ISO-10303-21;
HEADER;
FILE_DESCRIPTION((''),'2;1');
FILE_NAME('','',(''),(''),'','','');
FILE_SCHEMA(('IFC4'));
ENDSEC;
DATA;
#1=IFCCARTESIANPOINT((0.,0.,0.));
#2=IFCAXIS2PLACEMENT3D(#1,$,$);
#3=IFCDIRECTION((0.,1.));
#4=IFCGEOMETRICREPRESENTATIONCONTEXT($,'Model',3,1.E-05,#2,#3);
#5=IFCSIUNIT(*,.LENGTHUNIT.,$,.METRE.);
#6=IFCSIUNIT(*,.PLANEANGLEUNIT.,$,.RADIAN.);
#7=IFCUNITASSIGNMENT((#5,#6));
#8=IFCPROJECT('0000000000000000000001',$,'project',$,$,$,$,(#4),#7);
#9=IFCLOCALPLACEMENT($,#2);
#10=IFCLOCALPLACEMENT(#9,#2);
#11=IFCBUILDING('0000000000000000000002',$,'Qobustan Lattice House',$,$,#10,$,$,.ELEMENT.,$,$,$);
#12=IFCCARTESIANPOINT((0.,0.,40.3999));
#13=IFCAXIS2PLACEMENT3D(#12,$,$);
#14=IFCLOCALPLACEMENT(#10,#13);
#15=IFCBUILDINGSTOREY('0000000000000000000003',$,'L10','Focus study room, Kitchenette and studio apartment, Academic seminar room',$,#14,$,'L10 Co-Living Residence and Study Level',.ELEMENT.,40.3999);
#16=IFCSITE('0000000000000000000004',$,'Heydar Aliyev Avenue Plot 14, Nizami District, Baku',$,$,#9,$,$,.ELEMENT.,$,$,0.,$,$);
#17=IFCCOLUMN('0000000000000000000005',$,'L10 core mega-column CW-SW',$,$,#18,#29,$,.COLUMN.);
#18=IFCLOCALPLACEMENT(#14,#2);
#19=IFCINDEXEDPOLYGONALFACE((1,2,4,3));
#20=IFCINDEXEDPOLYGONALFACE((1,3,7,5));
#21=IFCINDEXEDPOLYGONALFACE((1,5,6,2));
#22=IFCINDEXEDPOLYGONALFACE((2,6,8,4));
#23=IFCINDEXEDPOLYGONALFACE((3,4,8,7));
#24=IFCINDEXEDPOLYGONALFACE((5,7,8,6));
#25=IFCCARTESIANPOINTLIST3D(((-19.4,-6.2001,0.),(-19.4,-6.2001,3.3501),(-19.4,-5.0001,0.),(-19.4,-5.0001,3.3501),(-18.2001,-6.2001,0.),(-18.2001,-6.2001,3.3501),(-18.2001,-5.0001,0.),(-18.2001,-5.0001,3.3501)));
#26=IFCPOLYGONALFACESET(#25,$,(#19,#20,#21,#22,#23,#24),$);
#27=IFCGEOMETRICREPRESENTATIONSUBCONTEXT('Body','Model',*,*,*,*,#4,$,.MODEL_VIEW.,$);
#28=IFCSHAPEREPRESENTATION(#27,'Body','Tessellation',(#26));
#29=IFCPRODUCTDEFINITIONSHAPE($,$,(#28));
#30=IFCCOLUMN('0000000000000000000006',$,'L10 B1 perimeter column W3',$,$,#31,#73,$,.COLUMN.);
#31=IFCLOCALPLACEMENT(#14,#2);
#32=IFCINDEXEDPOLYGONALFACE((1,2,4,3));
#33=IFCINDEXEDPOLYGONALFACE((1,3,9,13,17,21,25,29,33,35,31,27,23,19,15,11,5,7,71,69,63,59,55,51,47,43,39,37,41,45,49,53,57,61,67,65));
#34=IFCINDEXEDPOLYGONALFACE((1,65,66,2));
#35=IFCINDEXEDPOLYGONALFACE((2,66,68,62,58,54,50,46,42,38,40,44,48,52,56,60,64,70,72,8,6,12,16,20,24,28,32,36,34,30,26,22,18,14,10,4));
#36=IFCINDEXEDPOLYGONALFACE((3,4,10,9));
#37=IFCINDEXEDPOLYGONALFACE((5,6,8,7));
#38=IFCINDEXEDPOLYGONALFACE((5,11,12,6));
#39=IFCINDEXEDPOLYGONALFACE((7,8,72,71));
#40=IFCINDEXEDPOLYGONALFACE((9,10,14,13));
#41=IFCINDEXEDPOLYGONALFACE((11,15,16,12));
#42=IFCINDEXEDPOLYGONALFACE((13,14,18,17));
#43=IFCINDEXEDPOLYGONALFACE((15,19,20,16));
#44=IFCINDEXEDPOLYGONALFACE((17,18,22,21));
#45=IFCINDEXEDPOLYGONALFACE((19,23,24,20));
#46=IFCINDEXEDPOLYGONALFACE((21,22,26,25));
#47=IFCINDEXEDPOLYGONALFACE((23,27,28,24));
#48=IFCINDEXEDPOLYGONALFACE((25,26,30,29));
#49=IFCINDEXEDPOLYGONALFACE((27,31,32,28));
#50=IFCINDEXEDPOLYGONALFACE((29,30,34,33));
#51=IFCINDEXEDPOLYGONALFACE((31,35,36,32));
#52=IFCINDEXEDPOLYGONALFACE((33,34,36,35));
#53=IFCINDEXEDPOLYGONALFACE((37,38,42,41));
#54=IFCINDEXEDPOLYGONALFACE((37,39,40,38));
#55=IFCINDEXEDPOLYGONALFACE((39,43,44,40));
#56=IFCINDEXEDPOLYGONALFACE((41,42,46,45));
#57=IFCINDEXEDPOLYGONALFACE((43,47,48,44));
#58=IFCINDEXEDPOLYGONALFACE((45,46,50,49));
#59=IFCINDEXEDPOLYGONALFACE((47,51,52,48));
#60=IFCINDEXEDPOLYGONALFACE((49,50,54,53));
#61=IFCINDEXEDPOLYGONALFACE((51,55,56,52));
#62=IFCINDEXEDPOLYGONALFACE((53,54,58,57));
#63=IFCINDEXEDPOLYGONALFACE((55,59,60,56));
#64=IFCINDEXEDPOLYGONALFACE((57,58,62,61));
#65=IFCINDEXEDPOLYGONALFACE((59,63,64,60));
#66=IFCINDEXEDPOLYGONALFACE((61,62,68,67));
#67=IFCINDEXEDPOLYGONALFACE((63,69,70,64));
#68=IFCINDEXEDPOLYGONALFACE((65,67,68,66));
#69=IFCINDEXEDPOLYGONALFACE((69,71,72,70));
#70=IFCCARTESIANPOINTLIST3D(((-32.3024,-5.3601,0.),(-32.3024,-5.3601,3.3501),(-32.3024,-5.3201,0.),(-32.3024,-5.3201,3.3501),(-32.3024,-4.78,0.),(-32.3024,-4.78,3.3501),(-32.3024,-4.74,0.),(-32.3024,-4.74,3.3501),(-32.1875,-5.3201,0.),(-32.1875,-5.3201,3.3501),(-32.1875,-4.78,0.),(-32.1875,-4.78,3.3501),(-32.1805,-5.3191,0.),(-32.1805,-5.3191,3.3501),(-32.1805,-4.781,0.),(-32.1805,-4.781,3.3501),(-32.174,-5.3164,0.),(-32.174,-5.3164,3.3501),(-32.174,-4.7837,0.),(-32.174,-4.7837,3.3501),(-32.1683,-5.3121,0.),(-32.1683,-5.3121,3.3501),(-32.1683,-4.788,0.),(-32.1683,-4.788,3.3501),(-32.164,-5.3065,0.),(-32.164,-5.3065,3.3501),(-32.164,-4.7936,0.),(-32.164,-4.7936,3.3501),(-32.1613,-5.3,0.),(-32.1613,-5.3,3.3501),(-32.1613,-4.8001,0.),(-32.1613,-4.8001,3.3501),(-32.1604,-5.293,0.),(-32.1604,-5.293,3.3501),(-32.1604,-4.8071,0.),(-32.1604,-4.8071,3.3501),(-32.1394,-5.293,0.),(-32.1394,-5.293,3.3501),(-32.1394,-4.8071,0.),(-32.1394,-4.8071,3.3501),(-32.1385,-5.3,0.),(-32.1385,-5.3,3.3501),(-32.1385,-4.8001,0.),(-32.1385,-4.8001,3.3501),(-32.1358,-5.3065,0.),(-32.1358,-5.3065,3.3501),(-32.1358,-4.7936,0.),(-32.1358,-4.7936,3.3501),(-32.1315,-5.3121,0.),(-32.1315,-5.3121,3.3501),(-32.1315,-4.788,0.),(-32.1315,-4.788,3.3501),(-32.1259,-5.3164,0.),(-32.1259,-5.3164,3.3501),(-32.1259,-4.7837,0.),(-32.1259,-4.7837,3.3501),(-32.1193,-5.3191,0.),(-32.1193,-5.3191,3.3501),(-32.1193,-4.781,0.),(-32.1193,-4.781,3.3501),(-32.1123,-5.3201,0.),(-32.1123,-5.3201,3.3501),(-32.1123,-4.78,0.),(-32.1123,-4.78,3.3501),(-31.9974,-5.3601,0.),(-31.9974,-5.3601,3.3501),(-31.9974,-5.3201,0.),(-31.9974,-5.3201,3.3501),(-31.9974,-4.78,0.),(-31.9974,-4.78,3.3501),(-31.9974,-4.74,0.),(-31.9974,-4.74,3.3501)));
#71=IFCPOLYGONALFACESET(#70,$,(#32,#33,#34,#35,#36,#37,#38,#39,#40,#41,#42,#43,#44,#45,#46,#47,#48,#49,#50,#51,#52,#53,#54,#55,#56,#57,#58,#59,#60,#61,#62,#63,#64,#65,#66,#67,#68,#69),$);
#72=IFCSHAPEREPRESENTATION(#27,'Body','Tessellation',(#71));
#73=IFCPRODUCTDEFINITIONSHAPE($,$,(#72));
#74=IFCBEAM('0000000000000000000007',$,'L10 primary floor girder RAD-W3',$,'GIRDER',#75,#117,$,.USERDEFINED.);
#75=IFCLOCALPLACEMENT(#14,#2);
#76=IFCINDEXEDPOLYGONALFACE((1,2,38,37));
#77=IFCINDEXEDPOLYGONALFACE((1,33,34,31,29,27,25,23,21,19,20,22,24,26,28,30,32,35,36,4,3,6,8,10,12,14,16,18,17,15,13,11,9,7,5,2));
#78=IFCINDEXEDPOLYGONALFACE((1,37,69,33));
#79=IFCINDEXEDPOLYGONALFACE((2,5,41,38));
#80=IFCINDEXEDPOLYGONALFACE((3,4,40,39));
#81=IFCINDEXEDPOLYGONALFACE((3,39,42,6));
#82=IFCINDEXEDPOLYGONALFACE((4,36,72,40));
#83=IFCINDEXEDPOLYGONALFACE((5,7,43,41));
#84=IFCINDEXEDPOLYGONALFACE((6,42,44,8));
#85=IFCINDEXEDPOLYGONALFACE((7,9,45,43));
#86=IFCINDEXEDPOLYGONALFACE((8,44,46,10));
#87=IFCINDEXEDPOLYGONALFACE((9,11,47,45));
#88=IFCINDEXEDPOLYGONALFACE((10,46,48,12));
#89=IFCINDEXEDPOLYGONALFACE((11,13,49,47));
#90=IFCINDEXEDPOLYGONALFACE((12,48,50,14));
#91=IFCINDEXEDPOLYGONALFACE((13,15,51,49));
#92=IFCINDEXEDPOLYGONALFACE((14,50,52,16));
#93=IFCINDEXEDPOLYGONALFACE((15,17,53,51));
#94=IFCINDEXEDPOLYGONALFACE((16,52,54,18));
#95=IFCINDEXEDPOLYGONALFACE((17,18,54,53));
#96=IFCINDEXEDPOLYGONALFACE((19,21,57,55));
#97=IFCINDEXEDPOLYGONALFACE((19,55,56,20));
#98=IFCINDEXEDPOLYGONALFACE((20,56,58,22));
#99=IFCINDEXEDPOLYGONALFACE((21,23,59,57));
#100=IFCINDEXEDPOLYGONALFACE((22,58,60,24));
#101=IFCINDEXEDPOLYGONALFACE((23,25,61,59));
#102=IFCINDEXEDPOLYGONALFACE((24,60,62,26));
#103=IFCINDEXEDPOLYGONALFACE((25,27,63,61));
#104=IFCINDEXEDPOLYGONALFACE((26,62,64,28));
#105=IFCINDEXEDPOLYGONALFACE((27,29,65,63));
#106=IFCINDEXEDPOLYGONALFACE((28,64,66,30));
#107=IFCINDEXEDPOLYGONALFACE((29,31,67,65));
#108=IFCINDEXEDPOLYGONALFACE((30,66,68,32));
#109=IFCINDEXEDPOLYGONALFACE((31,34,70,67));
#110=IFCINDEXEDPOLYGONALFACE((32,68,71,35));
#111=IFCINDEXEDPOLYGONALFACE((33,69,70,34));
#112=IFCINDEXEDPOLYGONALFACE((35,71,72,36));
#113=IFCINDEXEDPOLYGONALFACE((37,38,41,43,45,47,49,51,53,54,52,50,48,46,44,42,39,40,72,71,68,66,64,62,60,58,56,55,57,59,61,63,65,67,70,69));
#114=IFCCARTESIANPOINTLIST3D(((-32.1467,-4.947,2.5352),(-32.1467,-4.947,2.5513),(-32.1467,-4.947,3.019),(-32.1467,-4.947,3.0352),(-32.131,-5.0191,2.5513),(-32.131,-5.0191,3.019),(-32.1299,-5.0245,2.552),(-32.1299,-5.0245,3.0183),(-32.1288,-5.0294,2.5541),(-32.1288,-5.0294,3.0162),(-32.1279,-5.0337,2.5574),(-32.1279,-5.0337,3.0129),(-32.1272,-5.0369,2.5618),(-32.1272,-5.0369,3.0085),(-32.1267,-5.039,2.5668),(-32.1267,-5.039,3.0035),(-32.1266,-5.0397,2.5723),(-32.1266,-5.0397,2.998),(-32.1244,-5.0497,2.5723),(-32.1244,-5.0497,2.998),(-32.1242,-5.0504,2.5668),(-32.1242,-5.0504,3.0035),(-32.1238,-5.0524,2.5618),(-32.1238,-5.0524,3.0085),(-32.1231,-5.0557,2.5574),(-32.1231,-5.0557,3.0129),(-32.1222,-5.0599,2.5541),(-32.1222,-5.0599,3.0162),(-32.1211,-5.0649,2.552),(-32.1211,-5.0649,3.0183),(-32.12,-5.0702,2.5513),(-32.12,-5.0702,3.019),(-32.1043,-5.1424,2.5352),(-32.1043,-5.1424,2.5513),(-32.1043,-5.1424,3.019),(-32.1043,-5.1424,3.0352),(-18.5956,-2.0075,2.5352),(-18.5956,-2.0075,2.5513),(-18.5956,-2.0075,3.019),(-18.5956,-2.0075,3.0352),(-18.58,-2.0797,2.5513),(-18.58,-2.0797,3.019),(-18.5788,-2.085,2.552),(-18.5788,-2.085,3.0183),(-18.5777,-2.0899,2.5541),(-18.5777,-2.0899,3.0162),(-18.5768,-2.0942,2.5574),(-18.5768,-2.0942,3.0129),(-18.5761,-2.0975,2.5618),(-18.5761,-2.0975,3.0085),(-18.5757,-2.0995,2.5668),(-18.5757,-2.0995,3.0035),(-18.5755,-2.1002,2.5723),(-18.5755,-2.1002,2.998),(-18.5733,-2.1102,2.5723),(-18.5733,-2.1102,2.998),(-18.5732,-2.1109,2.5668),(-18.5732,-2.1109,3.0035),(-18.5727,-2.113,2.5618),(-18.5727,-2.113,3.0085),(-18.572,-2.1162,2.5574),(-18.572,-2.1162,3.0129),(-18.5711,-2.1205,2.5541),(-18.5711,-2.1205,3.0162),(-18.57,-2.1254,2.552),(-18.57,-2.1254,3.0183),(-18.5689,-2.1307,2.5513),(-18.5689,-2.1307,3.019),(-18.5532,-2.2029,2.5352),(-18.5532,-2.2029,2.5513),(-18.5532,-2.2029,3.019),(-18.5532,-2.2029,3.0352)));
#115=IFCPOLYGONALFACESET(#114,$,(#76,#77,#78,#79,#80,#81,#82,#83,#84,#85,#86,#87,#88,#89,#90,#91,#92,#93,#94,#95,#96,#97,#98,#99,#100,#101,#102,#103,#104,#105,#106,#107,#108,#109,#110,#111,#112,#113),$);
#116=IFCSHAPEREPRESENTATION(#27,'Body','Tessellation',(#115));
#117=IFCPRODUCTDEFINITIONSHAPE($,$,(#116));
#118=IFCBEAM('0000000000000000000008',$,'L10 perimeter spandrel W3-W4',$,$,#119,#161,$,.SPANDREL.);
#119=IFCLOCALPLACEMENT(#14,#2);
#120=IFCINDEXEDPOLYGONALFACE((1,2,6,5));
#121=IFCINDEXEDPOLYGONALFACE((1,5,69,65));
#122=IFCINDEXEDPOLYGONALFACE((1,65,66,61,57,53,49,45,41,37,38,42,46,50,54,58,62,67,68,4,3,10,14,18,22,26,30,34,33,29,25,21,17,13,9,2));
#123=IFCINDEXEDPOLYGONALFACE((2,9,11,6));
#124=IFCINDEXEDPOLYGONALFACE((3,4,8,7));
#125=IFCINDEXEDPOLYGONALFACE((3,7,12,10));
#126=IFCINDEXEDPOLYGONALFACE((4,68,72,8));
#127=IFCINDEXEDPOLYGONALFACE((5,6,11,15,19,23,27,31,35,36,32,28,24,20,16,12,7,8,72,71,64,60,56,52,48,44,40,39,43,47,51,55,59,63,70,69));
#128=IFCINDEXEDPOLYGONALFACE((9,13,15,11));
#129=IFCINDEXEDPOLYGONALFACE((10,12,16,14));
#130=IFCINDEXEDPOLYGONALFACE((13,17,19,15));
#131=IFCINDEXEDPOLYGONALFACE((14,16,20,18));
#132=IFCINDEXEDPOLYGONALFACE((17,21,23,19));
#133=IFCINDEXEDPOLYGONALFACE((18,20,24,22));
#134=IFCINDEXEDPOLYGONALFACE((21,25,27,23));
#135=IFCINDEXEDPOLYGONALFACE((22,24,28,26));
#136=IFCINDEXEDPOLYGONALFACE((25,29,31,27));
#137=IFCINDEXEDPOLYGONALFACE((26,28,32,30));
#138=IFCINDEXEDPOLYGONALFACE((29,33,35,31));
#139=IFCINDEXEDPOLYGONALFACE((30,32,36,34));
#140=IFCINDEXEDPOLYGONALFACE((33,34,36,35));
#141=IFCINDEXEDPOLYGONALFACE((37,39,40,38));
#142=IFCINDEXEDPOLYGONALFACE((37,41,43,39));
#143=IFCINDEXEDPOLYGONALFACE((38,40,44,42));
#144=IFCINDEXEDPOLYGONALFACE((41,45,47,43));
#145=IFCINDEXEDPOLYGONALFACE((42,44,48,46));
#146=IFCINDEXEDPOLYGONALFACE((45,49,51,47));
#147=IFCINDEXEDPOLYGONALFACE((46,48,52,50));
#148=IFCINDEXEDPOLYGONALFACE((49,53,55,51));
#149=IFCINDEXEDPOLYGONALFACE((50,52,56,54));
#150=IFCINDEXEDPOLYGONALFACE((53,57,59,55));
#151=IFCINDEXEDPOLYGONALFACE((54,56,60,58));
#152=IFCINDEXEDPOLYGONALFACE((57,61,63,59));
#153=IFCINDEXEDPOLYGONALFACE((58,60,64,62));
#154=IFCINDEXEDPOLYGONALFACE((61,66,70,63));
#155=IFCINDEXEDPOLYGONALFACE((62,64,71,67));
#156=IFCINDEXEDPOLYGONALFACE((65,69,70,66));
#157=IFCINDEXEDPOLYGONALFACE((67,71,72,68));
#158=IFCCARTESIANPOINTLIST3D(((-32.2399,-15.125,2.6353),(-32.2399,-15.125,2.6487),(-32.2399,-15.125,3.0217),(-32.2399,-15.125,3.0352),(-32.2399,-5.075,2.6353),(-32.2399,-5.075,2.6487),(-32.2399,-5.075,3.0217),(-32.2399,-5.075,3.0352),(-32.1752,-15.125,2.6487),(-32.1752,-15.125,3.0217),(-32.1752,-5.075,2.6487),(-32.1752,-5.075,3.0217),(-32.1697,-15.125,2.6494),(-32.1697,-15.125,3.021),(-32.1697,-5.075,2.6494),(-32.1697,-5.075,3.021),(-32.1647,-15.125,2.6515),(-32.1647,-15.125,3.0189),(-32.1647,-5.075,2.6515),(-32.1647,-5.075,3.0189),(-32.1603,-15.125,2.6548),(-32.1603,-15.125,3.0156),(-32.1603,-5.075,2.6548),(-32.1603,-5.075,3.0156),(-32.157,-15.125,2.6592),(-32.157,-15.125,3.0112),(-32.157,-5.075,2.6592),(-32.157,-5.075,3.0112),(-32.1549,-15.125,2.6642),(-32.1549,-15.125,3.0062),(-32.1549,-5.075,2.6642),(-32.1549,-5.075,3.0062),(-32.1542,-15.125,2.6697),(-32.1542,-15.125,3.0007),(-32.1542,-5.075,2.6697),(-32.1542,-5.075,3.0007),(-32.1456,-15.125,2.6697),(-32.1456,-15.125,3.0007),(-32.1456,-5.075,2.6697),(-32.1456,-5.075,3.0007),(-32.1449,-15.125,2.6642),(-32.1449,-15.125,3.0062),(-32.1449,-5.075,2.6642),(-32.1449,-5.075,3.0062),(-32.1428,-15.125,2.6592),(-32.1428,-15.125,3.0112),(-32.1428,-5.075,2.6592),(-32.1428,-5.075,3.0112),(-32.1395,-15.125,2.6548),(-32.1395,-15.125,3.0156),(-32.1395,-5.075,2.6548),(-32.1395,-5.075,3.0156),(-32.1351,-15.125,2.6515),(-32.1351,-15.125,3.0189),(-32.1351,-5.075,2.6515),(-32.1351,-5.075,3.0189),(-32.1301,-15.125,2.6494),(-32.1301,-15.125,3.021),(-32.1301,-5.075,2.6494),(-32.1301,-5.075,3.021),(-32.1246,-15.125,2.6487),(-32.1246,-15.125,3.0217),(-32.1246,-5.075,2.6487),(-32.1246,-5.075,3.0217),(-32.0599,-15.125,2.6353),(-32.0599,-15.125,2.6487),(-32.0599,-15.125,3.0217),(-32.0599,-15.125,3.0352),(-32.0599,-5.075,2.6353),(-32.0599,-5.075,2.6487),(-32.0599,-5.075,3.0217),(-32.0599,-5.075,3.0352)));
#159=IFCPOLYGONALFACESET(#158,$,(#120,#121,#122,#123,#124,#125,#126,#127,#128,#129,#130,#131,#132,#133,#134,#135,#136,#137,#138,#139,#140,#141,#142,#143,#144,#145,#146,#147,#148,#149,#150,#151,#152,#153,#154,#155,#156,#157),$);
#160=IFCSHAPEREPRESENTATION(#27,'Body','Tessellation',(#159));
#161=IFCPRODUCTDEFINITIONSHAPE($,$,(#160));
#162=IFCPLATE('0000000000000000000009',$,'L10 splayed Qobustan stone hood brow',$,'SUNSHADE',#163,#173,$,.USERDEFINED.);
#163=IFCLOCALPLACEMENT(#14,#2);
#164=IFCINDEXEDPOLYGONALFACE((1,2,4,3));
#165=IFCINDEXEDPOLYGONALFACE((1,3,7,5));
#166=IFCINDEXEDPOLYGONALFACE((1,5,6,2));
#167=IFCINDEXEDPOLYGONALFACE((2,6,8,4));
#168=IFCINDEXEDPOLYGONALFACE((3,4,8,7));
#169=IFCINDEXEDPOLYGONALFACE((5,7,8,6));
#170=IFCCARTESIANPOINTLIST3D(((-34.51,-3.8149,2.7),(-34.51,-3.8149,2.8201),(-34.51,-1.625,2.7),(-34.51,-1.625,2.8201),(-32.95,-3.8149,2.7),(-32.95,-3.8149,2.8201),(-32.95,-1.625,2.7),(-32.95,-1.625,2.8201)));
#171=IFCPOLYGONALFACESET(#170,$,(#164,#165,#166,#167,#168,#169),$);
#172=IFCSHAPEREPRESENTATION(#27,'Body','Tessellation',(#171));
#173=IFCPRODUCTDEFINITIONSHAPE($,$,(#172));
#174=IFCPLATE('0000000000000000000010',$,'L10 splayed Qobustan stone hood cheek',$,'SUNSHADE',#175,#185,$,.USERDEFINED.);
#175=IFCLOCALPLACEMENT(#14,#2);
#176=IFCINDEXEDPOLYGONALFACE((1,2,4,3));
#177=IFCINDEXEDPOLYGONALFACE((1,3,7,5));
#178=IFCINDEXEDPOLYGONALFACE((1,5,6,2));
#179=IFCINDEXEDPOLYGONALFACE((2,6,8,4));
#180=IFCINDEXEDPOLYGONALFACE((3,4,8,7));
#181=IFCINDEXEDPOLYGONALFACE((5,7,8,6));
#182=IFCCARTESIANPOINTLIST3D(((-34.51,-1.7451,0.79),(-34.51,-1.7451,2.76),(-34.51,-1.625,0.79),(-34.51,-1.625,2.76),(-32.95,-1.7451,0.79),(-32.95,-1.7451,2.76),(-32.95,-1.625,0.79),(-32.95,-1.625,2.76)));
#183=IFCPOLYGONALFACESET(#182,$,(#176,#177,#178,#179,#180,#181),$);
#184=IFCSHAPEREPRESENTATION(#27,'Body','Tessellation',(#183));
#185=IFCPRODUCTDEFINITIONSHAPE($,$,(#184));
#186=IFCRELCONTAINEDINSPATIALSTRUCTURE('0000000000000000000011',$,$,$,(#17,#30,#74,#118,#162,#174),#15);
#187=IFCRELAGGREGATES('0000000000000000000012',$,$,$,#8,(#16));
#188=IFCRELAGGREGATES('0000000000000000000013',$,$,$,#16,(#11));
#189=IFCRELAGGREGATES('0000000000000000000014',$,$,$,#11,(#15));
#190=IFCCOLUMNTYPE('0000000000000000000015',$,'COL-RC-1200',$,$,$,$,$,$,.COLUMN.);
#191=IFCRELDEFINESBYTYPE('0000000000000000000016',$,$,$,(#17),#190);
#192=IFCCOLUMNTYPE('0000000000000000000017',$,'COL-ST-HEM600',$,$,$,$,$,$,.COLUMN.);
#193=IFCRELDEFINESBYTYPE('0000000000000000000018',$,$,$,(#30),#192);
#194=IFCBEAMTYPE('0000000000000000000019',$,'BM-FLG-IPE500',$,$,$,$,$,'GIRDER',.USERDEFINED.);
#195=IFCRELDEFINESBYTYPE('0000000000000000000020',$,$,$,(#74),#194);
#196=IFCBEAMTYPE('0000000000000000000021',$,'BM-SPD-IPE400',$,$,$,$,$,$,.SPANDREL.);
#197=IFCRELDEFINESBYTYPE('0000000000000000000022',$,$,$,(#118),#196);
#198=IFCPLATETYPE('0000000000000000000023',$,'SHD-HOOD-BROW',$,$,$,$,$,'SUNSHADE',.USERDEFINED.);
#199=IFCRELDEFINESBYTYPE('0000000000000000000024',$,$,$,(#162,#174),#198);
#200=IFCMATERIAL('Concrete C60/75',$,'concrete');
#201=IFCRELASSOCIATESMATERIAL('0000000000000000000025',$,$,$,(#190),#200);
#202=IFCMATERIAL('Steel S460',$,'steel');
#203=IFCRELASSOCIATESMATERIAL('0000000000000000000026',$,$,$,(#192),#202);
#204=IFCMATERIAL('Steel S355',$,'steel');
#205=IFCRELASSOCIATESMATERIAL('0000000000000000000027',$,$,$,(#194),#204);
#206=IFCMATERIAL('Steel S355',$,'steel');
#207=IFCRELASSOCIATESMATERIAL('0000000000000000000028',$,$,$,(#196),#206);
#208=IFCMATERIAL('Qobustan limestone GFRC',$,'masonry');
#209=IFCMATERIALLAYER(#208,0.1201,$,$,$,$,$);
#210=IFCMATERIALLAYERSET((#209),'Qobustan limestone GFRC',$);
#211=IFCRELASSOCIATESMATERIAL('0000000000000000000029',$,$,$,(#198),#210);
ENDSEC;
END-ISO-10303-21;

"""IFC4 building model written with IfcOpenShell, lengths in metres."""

from ifc_helpers import new_model, si_unit, direction, frame, origin, origin_2d, place, context, subcontext, project, spatial, rectangle, i_section, extrude, material, layer, layer_set, material_profile, profile_set, type_object, element, save


model = new_model("IFC4")

# Units and contexts
model_context = context("Model", 3, precision=1e-05, world=origin(), true_north=direction((0.0, 1.0)))
body_context = subcontext(model_context, "Body", "Model", "MODEL_VIEW")
ifc_project = project(units=[si_unit("LENGTHUNIT", "METRE"), si_unit("PLANEANGLEUNIT", "RADIAN")], contexts=[model_context])

# Site, building, storey
site_placement = place(None, origin())
site = spatial("IfcSite", under=ifc_project, at=site_placement, Name="Heydar Aliyev Avenue Plot 14, Nizami District, Baku", CompositionType="ELEMENT", RefElevation=0.0)
building_placement = place(site_placement, origin())
building = spatial("IfcBuilding", under=site, at=building_placement, Name="Qobustan Lattice House", CompositionType="ELEMENT")
storey_placement = place(building_placement, frame((0.0, 0.0, 40.3999)))
storey = spatial("IfcBuildingStorey", under=building, at=storey_placement, Name="L10", Description="Focus study room, Kitchenette and studio apartment, Academic seminar room", LongName="L10 Co-Living Residence and Study Level", CompositionType="ELEMENT", Elevation=40.3999)

# Columns
ifc_material_1 = material(Name="Concrete C60/75", Category="concrete")
ifc_material_profile_1 = material_profile(ifc_material_1, rectangle(XDim=1.2, YDim=1.2, at=origin_2d()), Name="RC1200x1200")
ifc_profile_set_1 = profile_set([ifc_material_profile_1], Name="Concrete C60/75")
column_type_1 = type_object("IfcColumnType", Name="COL-RC-1200", PredefinedType="COLUMN", material=ifc_profile_set_1)
column_1_placement = place(storey_placement, frame((-18.8, -5.6001, 0.0), z_axis=(0.0, 0.0, 1.0), x_axis=(1.0, 0.0, 0.0)))
element("IfcColumn", 1, at=column_1_placement, inside=storey, type_object=column_type_1, Name="L10 core mega-column CW-SW", PredefinedType="COLUMN", context=body_context, shape_type="SweptSolid", body=[
    extrude(rectangle(XDim=1.2, YDim=1.2, at=origin_2d()), origin(), (0.0, 0.0, 1.0), 3.3501),
])
ifc_material_2 = material(Name="Steel S460", Category="steel")
ifc_material_profile_2 = material_profile(ifc_material_2, i_section(OverallWidth=0.3049, OverallDepth=0.6201, WebThickness=0.021, FlangeThickness=0.04, FilletRadius=0.0271, at=origin_2d()), Name="HEM600")
ifc_profile_set_2 = profile_set([ifc_material_profile_2], Name="Steel S460")
column_type_2 = type_object("IfcColumnType", Name="COL-ST-HEM600", PredefinedType="COLUMN", material=ifc_profile_set_2)
column_2_placement = place(storey_placement, frame((-32.1499, -5.05, 0.0), z_axis=(0.0, 0.0, 1.0), x_axis=(1.0, 0.0, 0.0)))
element("IfcColumn", 2, at=column_2_placement, inside=storey, type_object=column_type_2, Name="L10 B1 perimeter column W3", PredefinedType="COLUMN", context=body_context, shape_type="SweptSolid", body=[
    extrude(i_section(OverallWidth=0.3049, OverallDepth=0.6201, WebThickness=0.021, FlangeThickness=0.04, FilletRadius=0.0271, at=origin_2d()), origin(), (0.0, 0.0, 1.0), 3.3501),
])

# Beams
ifc_material_3 = material(Name="Steel S355", Category="steel")
ifc_material_profile_3 = material_profile(ifc_material_3, i_section(OverallWidth=0.2, OverallDepth=0.5, WebThickness=0.0103, FlangeThickness=0.0161, FilletRadius=0.021, at=origin_2d()), Name="IPE500")
ifc_profile_set_3 = profile_set([ifc_material_profile_3], Name="Steel S355")
beam_type_1 = type_object("IfcBeamType", Name="BM-FLG-IPE500", ElementType="GIRDER", PredefinedType="USERDEFINED", material=ifc_profile_set_3)
beam_1_placement = place(storey_placement, frame((-32.1255, -5.0447, 2.7852), z_axis=(0.977272, 0.211987, 0.0), x_axis=(-0.211987, 0.977272, 0.0)))
element("IfcBeam", 3, at=beam_1_placement, inside=storey, type_object=beam_type_1, Name="L10 primary floor girder RAD-W3", ObjectType="GIRDER", PredefinedType="USERDEFINED", context=body_context, shape_type="SweptSolid", body=[
    extrude(i_section(OverallWidth=0.2, OverallDepth=0.5, WebThickness=0.0103, FlangeThickness=0.0161, FilletRadius=0.021, at=origin_2d()), origin(), (0.0, 0.0, 1.0), 13.8662),
])
ifc_material_4 = material(Name="Steel S355", Category="steel")
ifc_material_profile_4 = material_profile(ifc_material_4, i_section(OverallWidth=0.1799, OverallDepth=0.3999, WebThickness=0.0085, FlangeThickness=0.0134, FilletRadius=0.021, at=origin_2d()), Name="IPE400")
ifc_profile_set_4 = profile_set([ifc_material_profile_4], Name="Steel S355")
beam_type_2 = type_object("IfcBeamType", Name="BM-SPD-IPE400", PredefinedType="SPANDREL", material=ifc_profile_set_4)
beam_2_placement = place(storey_placement, frame((-32.1499, -5.075, 2.8352), z_axis=(0.0, -1.0, 0.0), x_axis=(1.0, 0.0, 0.0)))
element("IfcBeam", 4, at=beam_2_placement, inside=storey, type_object=beam_type_2, Name="L10 perimeter spandrel W3-W4", PredefinedType="SPANDREL", context=body_context, shape_type="SweptSolid", body=[
    extrude(i_section(OverallWidth=0.1799, OverallDepth=0.3999, WebThickness=0.0085, FlangeThickness=0.0134, FilletRadius=0.021, at=origin_2d()), origin(), (0.0, 0.0, 1.0), 10.05),
])

# Plates
ifc_material_5 = material(Name="Qobustan limestone GFRC", Category="masonry")
ifc_layer_1 = layer(ifc_material_5, 0.1201)
ifc_layer_set_1 = layer_set([ifc_layer_1], Name="Qobustan limestone GFRC")
plate_type = type_object("IfcPlateType", Name="SHD-HOOD-BROW", ElementType="SUNSHADE", PredefinedType="USERDEFINED", material=ifc_layer_set_1)
plate_1_placement = place(storey_placement, frame((-33.73, -2.72, 2.7), z_axis=(0.0, 0.0, 1.0), x_axis=(0.0, 1.0, 0.0)))
element("IfcPlate", 5, at=plate_1_placement, inside=storey, type_object=plate_type, Name="L10 splayed Qobustan stone hood brow", ObjectType="SUNSHADE", PredefinedType="USERDEFINED", context=body_context, shape_type="SweptSolid", body=[
    extrude(rectangle(XDim=2.1899, YDim=1.5601, at=origin_2d()), origin(), (0.0, 0.0, 1.0), 0.1201),
])
plate_2_placement = place(storey_placement, frame((-33.73, -1.6851, 0.79), z_axis=(0.0, 0.0, 1.0), x_axis=(0.0, 1.0, 0.0)))
element("IfcPlate", 6, at=plate_2_placement, inside=storey, type_object=plate_type, Name="L10 splayed Qobustan stone hood cheek", ObjectType="SUNSHADE", PredefinedType="USERDEFINED", context=body_context, shape_type="SweptSolid", body=[
    extrude(rectangle(XDim=0.1201, YDim=1.5601, at=origin_2d()), origin(), (0.0, 0.0, 1.0), 1.97),
])

save(model, "model.ifc")
